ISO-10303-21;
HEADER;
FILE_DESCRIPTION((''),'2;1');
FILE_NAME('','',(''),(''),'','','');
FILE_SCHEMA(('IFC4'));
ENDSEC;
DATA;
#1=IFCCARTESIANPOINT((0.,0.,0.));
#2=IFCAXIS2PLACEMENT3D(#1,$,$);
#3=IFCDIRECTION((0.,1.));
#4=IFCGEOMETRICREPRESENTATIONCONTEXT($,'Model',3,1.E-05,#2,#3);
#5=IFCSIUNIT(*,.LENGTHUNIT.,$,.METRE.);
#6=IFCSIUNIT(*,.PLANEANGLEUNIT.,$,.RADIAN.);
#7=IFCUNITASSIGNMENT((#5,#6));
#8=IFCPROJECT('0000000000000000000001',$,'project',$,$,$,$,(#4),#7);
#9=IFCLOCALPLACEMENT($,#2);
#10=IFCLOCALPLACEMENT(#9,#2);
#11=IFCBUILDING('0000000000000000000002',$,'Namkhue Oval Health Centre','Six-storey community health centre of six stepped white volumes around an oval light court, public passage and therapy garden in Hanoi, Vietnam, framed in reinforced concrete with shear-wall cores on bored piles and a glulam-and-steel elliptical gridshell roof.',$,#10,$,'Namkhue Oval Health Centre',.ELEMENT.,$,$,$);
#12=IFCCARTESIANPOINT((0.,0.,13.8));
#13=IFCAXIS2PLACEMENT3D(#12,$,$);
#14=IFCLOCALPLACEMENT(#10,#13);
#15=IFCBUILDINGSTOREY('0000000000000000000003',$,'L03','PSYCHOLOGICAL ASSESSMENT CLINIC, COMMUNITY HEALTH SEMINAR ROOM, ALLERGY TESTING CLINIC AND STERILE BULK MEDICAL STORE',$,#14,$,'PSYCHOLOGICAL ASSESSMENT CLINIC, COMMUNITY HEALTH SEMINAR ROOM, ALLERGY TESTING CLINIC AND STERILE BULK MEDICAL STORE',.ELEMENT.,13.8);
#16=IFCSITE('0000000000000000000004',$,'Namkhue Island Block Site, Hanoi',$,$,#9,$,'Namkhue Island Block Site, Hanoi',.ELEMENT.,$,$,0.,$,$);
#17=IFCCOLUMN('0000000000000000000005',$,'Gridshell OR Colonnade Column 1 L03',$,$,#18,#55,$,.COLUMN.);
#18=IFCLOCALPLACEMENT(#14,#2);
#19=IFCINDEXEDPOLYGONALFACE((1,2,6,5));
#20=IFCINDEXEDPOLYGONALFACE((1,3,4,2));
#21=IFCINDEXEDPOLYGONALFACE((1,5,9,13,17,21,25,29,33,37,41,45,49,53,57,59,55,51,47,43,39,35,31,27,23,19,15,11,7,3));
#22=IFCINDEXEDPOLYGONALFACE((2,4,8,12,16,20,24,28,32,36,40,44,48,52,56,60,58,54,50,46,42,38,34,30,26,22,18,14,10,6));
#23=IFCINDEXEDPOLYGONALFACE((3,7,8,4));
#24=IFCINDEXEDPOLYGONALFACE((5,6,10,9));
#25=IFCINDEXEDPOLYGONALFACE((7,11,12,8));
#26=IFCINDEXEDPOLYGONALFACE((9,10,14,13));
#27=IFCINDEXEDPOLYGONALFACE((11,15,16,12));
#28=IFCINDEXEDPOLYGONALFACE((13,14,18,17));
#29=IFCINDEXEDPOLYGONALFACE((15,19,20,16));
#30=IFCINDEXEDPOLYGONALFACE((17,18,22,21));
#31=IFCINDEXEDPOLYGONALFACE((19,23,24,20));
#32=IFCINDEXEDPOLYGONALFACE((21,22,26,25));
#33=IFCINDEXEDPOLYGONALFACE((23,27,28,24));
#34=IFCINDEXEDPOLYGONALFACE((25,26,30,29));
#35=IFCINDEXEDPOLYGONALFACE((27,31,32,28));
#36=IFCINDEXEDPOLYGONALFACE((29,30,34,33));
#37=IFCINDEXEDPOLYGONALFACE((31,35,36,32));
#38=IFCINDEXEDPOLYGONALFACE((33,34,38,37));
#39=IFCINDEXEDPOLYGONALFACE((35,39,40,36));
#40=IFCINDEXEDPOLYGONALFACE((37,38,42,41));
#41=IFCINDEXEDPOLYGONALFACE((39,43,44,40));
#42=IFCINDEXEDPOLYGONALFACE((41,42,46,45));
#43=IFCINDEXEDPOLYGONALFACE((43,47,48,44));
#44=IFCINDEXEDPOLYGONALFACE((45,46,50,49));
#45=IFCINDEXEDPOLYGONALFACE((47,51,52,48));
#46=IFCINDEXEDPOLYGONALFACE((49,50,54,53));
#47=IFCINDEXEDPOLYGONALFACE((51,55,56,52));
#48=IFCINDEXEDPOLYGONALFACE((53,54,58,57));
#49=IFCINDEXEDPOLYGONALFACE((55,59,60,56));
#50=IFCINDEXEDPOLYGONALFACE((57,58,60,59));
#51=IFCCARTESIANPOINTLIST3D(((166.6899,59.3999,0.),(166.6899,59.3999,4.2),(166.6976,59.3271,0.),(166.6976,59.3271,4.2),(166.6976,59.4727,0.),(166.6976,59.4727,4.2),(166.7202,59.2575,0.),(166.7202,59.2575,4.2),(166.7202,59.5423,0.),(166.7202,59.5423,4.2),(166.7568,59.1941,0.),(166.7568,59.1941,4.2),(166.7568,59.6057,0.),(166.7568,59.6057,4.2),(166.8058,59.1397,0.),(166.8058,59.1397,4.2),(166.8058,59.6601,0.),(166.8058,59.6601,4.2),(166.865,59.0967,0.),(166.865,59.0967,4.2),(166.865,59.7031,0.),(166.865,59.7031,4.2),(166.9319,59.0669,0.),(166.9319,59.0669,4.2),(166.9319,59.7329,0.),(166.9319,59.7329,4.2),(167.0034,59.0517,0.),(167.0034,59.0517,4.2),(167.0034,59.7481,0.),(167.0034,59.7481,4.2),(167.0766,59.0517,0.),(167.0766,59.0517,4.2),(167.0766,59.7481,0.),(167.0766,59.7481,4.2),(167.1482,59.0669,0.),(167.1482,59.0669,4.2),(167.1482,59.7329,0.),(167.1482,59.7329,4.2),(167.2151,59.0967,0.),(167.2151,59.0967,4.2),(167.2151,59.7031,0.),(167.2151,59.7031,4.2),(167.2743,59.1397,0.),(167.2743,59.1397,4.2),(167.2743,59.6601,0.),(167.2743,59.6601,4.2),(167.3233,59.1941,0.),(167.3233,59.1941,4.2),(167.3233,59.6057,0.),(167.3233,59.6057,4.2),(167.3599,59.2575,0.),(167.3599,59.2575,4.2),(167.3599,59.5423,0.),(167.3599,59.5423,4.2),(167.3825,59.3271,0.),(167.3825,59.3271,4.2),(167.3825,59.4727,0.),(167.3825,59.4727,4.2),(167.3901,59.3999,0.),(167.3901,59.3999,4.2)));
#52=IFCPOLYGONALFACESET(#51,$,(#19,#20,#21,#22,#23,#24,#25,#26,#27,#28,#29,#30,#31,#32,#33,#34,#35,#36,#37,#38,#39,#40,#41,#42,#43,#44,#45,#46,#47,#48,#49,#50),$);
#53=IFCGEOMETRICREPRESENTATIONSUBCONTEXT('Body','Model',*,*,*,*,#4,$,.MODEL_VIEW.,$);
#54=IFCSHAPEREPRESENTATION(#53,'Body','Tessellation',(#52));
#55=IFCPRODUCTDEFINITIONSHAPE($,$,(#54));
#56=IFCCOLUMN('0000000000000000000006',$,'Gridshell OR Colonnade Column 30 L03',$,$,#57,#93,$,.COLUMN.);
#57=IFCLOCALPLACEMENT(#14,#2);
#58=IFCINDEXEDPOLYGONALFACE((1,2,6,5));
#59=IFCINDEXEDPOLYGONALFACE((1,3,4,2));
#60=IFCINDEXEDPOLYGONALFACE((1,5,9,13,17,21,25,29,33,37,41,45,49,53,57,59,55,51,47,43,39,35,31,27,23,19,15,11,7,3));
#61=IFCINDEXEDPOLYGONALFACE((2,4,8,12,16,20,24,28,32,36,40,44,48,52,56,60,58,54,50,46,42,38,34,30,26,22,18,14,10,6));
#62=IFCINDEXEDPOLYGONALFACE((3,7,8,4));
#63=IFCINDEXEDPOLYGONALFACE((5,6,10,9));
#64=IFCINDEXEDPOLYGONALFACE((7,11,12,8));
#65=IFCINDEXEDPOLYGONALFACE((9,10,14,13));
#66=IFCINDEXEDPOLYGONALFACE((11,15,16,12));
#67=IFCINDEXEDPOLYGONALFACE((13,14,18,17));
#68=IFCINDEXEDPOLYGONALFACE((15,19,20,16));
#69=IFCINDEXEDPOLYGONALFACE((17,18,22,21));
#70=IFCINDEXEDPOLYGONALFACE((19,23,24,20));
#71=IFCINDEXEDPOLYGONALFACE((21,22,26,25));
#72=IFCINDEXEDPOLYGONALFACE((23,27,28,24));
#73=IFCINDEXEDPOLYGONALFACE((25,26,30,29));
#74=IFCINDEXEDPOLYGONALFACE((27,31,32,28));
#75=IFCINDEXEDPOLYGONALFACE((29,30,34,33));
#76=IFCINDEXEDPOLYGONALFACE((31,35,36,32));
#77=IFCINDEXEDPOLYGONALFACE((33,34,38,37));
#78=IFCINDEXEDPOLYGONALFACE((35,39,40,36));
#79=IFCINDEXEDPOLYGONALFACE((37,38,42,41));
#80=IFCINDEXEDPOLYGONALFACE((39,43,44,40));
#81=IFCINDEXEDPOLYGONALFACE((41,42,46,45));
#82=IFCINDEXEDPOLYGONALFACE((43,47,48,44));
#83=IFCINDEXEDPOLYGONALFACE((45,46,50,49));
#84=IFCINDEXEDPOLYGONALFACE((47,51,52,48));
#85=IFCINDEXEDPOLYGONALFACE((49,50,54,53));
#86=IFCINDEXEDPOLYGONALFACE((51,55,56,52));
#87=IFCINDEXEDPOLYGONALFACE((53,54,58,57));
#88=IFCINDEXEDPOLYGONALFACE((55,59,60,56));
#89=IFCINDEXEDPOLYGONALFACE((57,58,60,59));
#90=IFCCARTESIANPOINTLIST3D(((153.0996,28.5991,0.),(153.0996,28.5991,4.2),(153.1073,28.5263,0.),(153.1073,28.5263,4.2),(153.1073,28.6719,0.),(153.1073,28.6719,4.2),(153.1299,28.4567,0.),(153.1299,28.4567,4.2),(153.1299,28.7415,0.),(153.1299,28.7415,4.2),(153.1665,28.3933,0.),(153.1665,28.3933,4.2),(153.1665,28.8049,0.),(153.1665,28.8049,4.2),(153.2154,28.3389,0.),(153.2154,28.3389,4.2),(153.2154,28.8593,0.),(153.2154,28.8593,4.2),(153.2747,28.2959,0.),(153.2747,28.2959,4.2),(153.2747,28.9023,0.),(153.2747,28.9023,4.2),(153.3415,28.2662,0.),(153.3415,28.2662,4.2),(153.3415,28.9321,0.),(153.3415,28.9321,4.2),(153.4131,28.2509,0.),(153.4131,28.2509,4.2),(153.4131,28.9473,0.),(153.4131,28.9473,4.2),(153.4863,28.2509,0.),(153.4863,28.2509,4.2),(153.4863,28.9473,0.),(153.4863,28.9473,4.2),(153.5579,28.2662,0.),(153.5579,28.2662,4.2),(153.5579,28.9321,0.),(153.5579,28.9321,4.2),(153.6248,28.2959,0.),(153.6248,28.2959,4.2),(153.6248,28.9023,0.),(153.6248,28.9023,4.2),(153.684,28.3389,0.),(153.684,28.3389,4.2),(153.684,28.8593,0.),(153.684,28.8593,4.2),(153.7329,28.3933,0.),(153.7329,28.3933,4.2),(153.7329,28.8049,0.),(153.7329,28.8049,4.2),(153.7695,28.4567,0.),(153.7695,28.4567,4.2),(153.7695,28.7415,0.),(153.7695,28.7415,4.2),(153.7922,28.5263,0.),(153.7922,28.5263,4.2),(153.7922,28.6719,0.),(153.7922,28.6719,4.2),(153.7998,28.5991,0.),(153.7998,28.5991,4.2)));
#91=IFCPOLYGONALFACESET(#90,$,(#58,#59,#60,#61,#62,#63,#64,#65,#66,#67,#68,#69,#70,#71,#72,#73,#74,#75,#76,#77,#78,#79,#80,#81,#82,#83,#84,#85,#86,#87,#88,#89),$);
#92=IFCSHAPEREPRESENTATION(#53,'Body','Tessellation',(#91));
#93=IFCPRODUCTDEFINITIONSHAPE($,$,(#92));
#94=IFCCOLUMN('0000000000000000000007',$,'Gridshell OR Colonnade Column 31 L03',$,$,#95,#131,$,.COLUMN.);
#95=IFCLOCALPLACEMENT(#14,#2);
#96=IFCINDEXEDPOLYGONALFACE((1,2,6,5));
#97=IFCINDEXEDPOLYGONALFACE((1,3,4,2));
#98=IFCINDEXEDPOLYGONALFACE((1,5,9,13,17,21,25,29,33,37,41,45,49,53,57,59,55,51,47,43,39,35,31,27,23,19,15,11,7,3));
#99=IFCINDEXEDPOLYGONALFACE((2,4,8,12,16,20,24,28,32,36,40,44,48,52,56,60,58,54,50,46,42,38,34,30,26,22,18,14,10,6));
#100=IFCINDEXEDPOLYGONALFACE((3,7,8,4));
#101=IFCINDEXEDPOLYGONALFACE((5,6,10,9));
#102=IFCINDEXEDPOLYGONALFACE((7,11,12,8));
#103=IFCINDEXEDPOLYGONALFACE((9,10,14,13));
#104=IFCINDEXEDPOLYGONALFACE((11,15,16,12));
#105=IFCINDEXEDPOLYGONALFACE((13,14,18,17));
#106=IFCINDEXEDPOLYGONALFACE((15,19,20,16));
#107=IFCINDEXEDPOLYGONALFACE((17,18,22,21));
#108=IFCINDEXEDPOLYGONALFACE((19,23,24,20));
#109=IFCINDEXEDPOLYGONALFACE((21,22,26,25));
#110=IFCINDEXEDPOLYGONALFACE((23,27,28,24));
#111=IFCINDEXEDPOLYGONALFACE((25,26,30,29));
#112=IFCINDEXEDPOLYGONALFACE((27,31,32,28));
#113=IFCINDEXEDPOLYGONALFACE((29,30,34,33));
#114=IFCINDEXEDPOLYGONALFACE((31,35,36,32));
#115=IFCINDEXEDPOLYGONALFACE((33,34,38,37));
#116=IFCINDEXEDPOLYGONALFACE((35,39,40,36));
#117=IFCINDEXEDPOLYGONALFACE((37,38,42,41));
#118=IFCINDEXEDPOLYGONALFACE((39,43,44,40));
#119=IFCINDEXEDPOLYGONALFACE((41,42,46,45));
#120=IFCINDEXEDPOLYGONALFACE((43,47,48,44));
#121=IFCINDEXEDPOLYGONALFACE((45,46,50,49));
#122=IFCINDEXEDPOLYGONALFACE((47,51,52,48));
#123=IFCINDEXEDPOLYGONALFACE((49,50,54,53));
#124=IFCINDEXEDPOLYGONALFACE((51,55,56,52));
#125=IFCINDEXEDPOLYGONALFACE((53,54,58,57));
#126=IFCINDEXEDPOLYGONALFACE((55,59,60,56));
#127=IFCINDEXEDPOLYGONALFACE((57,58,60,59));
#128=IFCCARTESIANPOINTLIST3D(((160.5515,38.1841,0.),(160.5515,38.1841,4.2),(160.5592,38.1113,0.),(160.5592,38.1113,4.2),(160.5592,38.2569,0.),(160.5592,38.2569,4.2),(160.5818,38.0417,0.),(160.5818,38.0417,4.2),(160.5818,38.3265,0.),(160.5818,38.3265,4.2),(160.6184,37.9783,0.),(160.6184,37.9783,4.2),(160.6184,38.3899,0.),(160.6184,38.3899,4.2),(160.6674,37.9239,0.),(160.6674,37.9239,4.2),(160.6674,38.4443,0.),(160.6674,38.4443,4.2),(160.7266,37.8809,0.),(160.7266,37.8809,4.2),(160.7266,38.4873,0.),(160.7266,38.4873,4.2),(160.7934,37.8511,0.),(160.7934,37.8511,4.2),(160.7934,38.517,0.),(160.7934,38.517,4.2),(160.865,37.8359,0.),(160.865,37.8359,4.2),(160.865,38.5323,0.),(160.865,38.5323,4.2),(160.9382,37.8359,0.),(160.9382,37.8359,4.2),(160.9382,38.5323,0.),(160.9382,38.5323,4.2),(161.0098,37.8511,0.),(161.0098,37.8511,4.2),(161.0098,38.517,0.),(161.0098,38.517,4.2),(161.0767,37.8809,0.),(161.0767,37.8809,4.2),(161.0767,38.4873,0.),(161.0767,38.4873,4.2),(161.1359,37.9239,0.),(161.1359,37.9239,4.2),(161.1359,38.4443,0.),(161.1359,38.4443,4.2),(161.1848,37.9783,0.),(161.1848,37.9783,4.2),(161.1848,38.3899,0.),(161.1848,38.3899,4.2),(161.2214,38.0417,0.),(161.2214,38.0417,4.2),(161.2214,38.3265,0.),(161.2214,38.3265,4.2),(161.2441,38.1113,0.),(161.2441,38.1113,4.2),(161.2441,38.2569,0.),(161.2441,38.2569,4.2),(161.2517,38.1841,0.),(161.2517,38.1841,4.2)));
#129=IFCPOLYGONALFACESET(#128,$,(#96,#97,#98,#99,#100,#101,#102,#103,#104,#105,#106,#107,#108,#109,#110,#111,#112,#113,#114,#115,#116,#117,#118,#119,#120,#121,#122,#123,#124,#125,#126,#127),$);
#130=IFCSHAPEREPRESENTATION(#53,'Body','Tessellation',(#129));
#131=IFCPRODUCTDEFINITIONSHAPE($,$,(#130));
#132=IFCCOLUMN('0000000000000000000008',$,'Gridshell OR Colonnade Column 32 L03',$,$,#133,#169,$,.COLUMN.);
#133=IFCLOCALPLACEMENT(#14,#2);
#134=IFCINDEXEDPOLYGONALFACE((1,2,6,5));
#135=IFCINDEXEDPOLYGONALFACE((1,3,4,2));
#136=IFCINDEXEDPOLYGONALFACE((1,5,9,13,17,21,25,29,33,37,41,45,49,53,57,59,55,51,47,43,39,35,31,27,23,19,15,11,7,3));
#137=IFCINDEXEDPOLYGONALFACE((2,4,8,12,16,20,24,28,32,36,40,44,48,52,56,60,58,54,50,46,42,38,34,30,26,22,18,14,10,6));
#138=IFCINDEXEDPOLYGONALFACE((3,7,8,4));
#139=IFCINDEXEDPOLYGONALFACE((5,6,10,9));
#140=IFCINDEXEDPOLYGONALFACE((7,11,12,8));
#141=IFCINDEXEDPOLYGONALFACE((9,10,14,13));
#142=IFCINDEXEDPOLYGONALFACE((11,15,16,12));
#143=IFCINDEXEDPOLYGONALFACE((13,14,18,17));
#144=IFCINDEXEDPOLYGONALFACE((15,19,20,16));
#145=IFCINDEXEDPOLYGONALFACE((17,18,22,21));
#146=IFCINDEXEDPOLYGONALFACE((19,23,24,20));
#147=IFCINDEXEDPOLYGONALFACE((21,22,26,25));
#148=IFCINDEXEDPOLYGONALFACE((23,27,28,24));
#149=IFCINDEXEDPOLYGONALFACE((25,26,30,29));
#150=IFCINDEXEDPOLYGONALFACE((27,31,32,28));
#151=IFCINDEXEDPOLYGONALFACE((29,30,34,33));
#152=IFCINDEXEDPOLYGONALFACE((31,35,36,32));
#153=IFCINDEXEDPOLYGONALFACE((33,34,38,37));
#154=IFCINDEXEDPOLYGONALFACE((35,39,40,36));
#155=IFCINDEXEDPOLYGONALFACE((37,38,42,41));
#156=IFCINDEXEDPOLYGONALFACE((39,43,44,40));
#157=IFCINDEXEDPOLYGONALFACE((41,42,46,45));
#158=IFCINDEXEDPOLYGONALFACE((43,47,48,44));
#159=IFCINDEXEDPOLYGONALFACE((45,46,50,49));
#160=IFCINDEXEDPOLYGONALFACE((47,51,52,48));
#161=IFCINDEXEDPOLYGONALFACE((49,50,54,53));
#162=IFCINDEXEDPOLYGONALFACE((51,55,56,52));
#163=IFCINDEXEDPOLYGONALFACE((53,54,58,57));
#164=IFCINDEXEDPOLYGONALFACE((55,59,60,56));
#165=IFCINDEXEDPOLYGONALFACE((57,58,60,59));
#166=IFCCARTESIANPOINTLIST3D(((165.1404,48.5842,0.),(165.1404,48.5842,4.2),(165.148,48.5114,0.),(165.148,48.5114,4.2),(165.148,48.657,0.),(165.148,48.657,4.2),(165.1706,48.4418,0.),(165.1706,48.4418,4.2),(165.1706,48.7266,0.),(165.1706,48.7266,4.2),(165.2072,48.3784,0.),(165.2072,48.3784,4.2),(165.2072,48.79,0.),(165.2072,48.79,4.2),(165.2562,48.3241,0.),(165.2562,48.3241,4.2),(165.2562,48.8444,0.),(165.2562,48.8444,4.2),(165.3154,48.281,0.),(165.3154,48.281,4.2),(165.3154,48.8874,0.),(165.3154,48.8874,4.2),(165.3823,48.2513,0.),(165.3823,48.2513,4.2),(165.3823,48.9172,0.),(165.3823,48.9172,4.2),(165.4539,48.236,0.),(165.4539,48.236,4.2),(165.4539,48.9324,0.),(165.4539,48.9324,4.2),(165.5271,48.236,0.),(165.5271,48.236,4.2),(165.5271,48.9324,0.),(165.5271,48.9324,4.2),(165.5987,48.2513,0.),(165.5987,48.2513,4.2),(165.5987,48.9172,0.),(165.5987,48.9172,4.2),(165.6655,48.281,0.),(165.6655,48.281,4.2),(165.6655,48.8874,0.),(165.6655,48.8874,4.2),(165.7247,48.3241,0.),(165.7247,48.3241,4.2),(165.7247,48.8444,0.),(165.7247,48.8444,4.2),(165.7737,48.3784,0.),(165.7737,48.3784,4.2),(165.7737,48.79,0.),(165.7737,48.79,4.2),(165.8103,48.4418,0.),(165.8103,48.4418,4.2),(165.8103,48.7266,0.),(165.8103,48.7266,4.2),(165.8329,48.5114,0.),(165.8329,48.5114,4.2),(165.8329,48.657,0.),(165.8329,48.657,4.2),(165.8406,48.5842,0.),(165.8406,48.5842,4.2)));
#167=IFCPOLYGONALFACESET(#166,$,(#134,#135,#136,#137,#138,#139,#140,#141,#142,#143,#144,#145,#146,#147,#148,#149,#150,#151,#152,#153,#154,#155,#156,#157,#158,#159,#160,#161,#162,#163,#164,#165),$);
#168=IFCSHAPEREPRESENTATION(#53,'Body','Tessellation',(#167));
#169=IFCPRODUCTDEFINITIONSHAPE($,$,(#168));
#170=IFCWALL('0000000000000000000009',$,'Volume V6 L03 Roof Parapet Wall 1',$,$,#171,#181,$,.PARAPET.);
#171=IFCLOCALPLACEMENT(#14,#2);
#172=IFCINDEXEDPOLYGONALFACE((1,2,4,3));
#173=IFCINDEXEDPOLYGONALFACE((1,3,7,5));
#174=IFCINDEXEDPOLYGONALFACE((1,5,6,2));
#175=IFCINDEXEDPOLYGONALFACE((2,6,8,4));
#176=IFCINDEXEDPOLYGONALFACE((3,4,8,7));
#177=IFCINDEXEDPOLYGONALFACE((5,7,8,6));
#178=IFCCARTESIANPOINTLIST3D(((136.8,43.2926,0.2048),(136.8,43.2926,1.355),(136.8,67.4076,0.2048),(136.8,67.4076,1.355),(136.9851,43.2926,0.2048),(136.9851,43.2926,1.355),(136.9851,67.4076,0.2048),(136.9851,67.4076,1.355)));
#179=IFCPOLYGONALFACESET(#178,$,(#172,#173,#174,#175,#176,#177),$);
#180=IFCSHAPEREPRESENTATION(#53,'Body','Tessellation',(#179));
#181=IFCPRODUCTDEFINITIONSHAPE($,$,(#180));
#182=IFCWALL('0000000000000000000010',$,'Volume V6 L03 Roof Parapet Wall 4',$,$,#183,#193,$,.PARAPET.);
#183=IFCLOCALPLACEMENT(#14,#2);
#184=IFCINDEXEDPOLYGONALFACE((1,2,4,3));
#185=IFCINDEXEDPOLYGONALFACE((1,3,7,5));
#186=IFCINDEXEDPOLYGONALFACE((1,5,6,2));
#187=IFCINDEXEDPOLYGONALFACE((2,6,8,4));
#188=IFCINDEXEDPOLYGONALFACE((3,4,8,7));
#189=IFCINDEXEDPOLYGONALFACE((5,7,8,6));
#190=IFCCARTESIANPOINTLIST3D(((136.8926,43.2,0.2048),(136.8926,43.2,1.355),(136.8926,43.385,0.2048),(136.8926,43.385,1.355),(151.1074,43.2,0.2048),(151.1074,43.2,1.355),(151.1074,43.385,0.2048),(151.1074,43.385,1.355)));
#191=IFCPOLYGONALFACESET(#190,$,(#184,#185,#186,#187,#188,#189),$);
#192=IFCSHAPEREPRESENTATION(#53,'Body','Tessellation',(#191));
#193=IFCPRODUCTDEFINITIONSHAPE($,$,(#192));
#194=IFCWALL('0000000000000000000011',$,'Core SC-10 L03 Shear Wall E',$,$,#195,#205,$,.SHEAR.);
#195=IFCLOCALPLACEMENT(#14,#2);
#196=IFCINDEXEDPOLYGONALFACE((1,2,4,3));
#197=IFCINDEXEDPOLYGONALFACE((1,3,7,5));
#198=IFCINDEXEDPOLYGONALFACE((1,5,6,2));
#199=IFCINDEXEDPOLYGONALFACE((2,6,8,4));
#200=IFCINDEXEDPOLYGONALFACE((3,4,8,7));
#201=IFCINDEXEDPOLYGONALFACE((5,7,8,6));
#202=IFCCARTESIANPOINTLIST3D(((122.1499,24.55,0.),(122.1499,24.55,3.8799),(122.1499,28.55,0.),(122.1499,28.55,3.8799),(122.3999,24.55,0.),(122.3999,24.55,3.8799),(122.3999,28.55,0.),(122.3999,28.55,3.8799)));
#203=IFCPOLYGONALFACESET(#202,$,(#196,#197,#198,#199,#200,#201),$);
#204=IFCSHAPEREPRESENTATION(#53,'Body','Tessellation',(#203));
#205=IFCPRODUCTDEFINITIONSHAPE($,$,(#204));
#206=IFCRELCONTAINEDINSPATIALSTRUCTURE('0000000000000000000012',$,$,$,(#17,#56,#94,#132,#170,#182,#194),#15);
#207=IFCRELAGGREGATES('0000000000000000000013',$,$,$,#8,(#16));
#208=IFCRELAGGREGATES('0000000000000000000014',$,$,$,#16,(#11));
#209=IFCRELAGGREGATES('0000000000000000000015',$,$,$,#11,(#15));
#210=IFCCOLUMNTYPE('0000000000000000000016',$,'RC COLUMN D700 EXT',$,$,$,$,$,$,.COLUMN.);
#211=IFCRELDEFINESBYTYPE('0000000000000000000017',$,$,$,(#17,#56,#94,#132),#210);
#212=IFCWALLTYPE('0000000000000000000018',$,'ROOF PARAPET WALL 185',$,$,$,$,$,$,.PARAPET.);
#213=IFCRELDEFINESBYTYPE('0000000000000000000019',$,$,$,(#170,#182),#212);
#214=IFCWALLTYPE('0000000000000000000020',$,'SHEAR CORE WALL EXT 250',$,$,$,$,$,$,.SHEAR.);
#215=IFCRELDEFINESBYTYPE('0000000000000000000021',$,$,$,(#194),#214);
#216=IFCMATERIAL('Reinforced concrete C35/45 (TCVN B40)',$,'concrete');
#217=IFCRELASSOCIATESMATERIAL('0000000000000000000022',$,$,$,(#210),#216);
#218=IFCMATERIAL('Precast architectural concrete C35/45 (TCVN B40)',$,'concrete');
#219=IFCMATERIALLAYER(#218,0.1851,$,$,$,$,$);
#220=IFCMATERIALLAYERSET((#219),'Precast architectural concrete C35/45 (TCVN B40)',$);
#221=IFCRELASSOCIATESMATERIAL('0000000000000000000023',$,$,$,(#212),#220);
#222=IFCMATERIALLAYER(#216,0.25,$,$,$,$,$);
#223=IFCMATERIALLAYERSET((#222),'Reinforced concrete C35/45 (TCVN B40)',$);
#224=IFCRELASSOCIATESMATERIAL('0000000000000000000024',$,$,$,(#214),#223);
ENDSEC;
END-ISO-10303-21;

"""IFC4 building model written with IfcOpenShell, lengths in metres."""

from ifc_helpers import new_model, si_unit, direction, frame, frame_2d, origin, origin_2d, place, context, subcontext, project, spatial, rectangle, circle, extrude, material, layer, layer_set, material_profile, profile_set, type_object, element, save


model = new_model("IFC4")

# Units and contexts
model_context = context("Model", 3, precision=1e-05, world=origin(), true_north=direction((0.0, 1.0)))
body_context = subcontext(model_context, "Body", "Model", "MODEL_VIEW")
ifc_project = project(units=[si_unit("LENGTHUNIT", "METRE"), si_unit("PLANEANGLEUNIT", "RADIAN")], contexts=[model_context])

# Site, building, storey
site_placement = place(None, origin())
site = spatial("IfcSite", under=ifc_project, at=site_placement, Name="Namkhue Island Block Site, Hanoi", LongName="Namkhue Island Block Site, Hanoi", CompositionType="ELEMENT", RefElevation=0.0)
building_placement = place(site_placement, origin())
building = spatial("IfcBuilding", under=site, at=building_placement, Name="Namkhue Oval Health Centre", Description="Six-storey community health centre of six stepped white volumes around an oval light court, public passage and therapy garden in Hanoi, Vietnam, framed in reinforced concrete with shear-wall cores on bored piles and a glulam-and-steel elliptical gridshell roof.", LongName="Namkhue Oval Health Centre", CompositionType="ELEMENT")
storey_placement = place(building_placement, frame((0.0, 0.0, 13.8)))
storey = spatial("IfcBuildingStorey", under=building, at=storey_placement, Name="L03", Description="PSYCHOLOGICAL ASSESSMENT CLINIC, COMMUNITY HEALTH SEMINAR ROOM, ALLERGY TESTING CLINIC AND STERILE BULK MEDICAL STORE", LongName="PSYCHOLOGICAL ASSESSMENT CLINIC, COMMUNITY HEALTH SEMINAR ROOM, ALLERGY TESTING CLINIC AND STERILE BULK MEDICAL STORE", CompositionType="ELEMENT", Elevation=13.8)

# Columns
ifc_material_1 = material(Name="Reinforced concrete C35/45 (TCVN B40)", Category="concrete")
ifc_material_profile_1 = material_profile(ifc_material_1, circle(Radius=0.3501, at=origin_2d()), Name="RC D700")
ifc_profile_set_1 = profile_set([ifc_material_profile_1], Name="Reinforced concrete C35/45 (TCVN B40)")
column_type_1 = type_object("IfcColumnType", Name="RC COLUMN D700 EXT", PredefinedType="COLUMN", material=ifc_profile_set_1)
for number, where, z_axis, x_axis, name in (
    (1, (167.04, 59.3999, 0.0), (0.0, 0.0, 1.0), (1.0, 0.0, 0.0), "Gridshell OR Colonnade Column 1 L03"),
    (2, (153.4497, 28.5991, 0.0), (0.0, 0.0, 1.0), (1.0, 0.0, 0.0), "Gridshell OR Colonnade Column 30 L03"),
    (3, (160.9016, 38.1841, 0.0), (0.0, 0.0, 1.0), (1.0, 0.0, 0.0), "Gridshell OR Colonnade Column 31 L03"),
    (4, (165.4905, 48.5842, 0.0), (0.0, 0.0, 1.0), (1.0, 0.0, 0.0), "Gridshell OR Colonnade Column 32 L03"),
):
    element("IfcColumn", number, at=place(storey_placement, frame(where, z_axis=z_axis, x_axis=x_axis)), inside=storey, type_object=column_type_1, Name=name, PredefinedType="COLUMN", context=body_context, shape_type="SweptSolid", body=[
        extrude(circle(Radius=0.3501, at=origin_2d()), origin(), (0.0, 0.0, 1.0), 4.2),
    ])

# Walls
ifc_material_2 = material(Name="Precast architectural concrete C35/45 (TCVN B40)", Category="concrete")
ifc_layer_1 = layer(ifc_material_2, 0.1851)
ifc_layer_set_1 = layer_set([ifc_layer_1], Name="Precast architectural concrete C35/45 (TCVN B40)")
wall_type_1 = type_object("IfcWallType", Name="ROOF PARAPET WALL 185", PredefinedType="PARAPET", material=ifc_layer_set_1)
wall_1_placement = place(storey_placement, frame((136.8926, 43.2925, 0.2048), z_axis=(0.0, 0.0, 1.0), x_axis=(0.0, 1.0, 0.0)))
element("IfcWall", 5, at=wall_1_placement, inside=storey, type_object=wall_type_1, Name="Volume V6 L03 Roof Parapet Wall 1", PredefinedType="PARAPET", context=body_context, shape_type="SweptSolid", body=[
    extrude(rectangle(XDim=24.115, YDim=0.1851, at=frame_2d((12.0576, 0.0))), origin(), (0.0, 0.0, 1.0), 1.1501),
])
wall_2_placement = place(storey_placement, frame((151.1074, 43.2925, 0.2048), z_axis=(0.0, 0.0, 1.0), x_axis=(-1.0, 0.0, 0.0)))
element("IfcWall", 6, at=wall_2_placement, inside=storey, type_object=wall_type_1, Name="Volume V6 L03 Roof Parapet Wall 4", PredefinedType="PARAPET", context=body_context, shape_type="SweptSolid", body=[
    extrude(rectangle(XDim=14.2148, YDim=0.1851, at=frame_2d((7.1074, 0.0))), origin(), (0.0, 0.0, 1.0), 1.1501),
])
ifc_layer_2 = layer(ifc_material_1, 0.25)
ifc_layer_set_2 = layer_set([ifc_layer_2], Name="Reinforced concrete C35/45 (TCVN B40)")
wall_type_2 = type_object("IfcWallType", Name="SHEAR CORE WALL EXT 250", PredefinedType="SHEAR", material=ifc_layer_set_2)
wall_3_placement = place(storey_placement, frame((122.2749, 24.55, 0.0), z_axis=(0.0, 0.0, 1.0), x_axis=(0.0, 1.0, 0.0)))
element("IfcWall", 7, at=wall_3_placement, inside=storey, type_object=wall_type_2, Name="Core SC-10 L03 Shear Wall E", PredefinedType="SHEAR", context=body_context, shape_type="SweptSolid", body=[
    extrude(rectangle(XDim=4.0, YDim=0.25, at=frame_2d((2.0, 0.0))), origin(), (0.0, 0.0, 1.0), 3.8799),
])

save(model, "model.ifc")
